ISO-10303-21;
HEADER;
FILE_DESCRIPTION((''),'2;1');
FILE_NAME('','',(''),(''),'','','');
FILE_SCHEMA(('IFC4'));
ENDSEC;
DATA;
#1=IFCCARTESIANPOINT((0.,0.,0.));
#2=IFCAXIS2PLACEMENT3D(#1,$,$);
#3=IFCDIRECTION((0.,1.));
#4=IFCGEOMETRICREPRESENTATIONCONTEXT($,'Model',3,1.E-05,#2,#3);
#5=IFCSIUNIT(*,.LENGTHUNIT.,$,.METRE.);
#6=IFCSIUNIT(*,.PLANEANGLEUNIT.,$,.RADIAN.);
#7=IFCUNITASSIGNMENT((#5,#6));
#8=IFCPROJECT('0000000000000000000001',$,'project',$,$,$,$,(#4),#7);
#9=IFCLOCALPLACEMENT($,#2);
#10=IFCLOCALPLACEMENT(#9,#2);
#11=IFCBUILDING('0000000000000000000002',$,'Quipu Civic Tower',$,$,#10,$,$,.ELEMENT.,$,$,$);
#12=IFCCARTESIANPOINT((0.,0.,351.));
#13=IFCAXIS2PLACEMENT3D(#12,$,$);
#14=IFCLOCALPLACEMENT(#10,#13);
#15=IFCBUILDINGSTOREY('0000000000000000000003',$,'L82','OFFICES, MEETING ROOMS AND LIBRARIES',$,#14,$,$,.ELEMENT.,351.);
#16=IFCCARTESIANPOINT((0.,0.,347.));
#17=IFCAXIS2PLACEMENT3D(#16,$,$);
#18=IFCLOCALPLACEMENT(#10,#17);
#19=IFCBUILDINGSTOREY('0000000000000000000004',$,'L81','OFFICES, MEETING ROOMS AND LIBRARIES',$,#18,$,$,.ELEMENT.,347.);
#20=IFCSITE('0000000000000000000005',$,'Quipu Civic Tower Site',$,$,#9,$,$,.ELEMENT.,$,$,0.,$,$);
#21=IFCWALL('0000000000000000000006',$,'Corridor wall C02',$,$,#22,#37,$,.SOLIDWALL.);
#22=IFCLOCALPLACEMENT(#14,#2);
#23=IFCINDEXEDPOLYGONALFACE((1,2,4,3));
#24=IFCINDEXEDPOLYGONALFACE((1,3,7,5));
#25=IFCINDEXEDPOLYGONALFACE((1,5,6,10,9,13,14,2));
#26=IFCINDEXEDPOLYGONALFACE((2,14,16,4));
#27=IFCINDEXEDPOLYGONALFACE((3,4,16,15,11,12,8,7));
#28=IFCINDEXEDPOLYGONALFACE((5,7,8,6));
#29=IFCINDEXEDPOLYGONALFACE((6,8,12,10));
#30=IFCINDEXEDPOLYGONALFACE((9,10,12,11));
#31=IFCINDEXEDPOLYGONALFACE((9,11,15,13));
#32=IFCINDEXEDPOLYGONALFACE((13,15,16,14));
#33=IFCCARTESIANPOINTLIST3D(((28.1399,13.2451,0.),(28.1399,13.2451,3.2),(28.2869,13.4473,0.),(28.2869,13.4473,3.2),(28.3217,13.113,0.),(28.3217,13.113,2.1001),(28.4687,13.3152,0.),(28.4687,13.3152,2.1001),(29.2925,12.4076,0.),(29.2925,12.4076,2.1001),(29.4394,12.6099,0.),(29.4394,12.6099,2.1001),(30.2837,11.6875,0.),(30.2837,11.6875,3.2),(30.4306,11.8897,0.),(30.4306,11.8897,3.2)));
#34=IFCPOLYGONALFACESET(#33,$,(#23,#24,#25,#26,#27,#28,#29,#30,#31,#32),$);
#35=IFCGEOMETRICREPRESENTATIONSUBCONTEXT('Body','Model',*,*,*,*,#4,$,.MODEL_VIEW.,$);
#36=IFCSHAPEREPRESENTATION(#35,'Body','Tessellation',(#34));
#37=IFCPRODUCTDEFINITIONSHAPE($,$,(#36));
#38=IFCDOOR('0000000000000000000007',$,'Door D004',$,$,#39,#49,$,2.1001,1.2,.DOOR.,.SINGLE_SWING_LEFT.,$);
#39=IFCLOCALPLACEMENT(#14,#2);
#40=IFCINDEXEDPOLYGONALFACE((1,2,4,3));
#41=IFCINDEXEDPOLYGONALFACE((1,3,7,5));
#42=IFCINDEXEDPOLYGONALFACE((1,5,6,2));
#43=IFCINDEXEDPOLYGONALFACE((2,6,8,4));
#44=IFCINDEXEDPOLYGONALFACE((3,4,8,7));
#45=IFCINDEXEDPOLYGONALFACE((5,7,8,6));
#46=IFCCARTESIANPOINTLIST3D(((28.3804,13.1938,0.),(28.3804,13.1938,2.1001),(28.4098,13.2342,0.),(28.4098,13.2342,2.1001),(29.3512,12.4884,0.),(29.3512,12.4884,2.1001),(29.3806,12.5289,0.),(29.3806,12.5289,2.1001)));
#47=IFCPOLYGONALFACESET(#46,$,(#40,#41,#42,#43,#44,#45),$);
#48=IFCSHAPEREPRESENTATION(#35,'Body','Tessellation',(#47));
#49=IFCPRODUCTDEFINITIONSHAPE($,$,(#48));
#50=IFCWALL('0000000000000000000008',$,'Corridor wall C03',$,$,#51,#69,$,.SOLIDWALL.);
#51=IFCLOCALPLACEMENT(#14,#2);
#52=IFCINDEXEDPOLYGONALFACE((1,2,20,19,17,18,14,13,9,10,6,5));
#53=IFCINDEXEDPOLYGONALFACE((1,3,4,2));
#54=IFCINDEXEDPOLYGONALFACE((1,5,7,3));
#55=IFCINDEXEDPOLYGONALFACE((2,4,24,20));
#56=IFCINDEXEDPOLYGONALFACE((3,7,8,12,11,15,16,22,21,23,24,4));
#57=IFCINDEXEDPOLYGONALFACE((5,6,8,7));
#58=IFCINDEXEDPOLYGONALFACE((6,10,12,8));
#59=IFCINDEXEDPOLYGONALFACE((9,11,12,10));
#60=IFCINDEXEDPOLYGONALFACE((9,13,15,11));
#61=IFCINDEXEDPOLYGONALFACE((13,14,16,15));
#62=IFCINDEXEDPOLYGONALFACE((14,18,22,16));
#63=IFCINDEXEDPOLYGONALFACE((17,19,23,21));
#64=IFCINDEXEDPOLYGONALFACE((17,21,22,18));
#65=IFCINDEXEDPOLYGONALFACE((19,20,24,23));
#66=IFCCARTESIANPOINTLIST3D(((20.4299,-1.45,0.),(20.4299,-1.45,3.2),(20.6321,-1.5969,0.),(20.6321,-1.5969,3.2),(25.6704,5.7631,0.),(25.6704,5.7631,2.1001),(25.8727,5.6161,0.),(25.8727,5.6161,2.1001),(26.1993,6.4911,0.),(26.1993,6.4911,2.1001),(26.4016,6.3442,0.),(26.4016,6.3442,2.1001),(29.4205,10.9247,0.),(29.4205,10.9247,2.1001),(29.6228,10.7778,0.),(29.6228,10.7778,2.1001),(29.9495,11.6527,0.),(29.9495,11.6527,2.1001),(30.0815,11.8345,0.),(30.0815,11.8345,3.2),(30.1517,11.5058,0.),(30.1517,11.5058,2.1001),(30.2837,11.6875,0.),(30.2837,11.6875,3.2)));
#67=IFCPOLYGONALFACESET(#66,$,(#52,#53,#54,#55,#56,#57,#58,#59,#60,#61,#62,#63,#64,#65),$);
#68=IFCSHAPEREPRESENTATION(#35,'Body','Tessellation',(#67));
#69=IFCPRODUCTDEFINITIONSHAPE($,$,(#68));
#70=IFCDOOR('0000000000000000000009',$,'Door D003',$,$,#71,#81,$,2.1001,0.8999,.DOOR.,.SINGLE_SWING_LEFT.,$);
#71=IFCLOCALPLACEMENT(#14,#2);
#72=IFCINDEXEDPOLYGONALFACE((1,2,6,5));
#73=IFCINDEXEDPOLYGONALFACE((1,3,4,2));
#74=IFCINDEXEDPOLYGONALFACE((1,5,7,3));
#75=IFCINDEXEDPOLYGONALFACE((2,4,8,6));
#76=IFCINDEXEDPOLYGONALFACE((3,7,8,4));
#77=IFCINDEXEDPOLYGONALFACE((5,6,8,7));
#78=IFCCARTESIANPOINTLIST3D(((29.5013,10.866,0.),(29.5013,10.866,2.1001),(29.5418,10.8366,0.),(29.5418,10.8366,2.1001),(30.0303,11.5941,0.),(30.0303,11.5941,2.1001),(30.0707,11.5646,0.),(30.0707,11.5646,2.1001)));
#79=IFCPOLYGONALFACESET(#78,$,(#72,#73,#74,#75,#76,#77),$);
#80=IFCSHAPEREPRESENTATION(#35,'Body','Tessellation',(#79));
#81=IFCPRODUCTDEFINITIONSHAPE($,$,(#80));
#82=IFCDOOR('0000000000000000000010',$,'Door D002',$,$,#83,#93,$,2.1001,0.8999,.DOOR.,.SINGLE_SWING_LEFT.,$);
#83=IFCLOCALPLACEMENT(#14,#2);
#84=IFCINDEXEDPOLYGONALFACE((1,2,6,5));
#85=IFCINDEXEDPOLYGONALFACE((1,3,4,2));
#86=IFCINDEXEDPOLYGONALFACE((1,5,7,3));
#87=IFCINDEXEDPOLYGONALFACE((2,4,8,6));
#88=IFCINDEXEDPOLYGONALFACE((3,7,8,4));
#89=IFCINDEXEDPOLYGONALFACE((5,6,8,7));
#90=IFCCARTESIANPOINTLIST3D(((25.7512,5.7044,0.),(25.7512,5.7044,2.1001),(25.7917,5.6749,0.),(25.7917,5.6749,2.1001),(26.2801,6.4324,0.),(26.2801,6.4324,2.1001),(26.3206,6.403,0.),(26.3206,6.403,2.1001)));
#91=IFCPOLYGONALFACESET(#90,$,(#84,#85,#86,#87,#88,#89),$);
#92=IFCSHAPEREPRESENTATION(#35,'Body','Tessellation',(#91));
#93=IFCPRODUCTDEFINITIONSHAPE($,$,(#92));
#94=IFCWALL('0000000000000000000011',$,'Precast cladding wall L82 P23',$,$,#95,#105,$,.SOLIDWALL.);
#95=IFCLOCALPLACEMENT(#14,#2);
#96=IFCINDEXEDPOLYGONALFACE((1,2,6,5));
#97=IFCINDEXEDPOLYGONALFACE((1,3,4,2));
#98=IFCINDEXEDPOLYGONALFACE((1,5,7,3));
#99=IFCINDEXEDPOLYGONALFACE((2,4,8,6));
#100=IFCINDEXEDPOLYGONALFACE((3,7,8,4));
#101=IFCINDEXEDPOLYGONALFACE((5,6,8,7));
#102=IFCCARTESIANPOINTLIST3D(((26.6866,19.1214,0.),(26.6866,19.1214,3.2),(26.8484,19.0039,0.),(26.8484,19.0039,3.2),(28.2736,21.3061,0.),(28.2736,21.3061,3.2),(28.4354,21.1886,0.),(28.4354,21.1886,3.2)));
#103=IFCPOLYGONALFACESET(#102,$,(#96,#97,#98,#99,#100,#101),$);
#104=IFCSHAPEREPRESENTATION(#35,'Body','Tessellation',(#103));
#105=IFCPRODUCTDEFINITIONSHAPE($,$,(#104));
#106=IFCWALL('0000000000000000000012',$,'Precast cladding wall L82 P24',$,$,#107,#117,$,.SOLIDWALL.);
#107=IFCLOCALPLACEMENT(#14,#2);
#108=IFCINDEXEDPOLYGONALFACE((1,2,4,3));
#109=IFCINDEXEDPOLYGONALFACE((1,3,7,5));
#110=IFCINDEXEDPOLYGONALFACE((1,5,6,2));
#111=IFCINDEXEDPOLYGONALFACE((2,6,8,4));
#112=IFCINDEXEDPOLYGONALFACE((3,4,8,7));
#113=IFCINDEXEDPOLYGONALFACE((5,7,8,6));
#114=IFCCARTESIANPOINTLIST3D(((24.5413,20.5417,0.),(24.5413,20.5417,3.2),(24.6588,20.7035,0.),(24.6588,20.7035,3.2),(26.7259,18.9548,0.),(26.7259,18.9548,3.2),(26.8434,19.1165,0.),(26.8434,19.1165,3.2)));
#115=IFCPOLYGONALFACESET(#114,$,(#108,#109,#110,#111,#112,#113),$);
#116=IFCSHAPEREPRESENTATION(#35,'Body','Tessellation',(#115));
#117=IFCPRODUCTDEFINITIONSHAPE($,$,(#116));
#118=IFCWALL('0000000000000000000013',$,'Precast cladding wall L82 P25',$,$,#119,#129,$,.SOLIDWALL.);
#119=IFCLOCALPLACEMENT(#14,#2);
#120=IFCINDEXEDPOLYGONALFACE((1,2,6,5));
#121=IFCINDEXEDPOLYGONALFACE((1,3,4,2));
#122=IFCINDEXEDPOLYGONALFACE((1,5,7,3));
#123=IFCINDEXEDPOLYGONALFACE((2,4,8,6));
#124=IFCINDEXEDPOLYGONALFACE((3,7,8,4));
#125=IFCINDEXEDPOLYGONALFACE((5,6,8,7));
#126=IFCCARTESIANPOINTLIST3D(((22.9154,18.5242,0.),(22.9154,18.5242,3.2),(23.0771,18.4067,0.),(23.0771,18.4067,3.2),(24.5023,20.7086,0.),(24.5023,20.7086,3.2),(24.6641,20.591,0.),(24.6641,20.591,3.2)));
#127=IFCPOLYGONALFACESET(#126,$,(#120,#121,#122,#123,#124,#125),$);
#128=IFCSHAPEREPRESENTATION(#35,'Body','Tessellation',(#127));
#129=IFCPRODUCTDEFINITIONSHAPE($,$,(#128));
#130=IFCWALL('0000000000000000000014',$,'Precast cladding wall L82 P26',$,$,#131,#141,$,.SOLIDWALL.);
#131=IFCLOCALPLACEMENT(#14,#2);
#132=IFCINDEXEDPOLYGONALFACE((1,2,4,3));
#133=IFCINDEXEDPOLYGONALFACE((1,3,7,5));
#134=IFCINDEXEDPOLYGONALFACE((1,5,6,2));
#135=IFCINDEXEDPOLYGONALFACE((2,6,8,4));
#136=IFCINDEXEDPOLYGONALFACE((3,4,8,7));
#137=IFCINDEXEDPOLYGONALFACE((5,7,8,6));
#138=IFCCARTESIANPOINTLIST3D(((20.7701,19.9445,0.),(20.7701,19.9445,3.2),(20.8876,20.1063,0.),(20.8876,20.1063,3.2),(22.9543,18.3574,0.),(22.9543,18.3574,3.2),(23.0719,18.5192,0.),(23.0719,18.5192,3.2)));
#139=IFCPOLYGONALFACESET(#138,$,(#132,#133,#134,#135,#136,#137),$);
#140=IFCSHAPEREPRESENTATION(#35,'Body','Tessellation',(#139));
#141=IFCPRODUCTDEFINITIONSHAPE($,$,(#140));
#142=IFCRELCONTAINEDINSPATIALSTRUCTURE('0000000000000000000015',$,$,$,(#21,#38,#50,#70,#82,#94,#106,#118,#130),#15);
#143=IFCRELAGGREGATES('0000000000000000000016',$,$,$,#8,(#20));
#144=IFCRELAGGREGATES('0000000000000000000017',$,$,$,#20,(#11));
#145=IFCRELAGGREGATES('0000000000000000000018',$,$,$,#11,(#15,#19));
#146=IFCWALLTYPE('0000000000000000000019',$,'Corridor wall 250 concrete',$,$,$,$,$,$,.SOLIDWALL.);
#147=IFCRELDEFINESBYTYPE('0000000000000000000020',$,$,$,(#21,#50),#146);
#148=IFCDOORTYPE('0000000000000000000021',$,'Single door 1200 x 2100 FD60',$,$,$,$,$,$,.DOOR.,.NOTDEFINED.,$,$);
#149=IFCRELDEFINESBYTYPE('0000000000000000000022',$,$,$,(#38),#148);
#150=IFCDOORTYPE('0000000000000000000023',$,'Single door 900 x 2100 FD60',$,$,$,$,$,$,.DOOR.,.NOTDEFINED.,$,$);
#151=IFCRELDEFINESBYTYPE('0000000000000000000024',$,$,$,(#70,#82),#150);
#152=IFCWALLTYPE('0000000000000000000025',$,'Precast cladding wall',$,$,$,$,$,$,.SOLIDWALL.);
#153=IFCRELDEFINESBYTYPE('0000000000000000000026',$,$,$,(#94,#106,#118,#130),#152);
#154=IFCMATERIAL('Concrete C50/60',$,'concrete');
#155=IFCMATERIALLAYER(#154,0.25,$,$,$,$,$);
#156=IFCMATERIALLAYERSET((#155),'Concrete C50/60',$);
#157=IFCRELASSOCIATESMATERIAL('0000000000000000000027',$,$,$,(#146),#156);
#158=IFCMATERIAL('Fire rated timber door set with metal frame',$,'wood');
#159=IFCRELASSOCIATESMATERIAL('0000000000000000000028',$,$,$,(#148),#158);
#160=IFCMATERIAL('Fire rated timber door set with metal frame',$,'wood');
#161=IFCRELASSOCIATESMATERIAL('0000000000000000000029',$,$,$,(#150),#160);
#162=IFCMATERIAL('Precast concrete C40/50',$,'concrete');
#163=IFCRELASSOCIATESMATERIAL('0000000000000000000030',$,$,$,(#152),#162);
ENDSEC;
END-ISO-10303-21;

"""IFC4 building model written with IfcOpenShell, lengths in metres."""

from ifc_helpers import new_model, si_unit, direction, frame, frame_2d, origin, place, context, subcontext, project, spatial, rectangle, extrude, material, layer, layer_set, type_object, element, fill, save


model = new_model("IFC4")

# Units and contexts
model_context = context("Model", 3, precision=1e-05, world=origin(), true_north=direction((0.0, 1.0)))
body_context = subcontext(model_context, "Body", "Model", "MODEL_VIEW")
ifc_project = project(units=[si_unit("LENGTHUNIT", "METRE"), si_unit("PLANEANGLEUNIT", "RADIAN")], contexts=[model_context])

# Site, building, storey
site_placement = place(None, origin())
site = spatial("IfcSite", under=ifc_project, at=site_placement, Name="Quipu Civic Tower Site", CompositionType="ELEMENT", RefElevation=0.0)
building_placement = place(site_placement, origin())
building = spatial("IfcBuilding", under=site, at=building_placement, Name="Quipu Civic Tower", CompositionType="ELEMENT")
storey_1_placement = place(building_placement, frame((0.0, 0.0, 351.0)))
storey_1 = spatial("IfcBuildingStorey", under=building, at=storey_1_placement, Name="L82", Description="OFFICES, MEETING ROOMS AND LIBRARIES", CompositionType="ELEMENT", Elevation=351.0)

# Shared definitions
storey_2_placement = place(building_placement, frame((0.0, 0.0, 347.0)))
storey_2 = spatial("IfcBuildingStorey", under=building, at=storey_2_placement, Name="L81", Description="OFFICES, MEETING ROOMS AND LIBRARIES", CompositionType="ELEMENT", Elevation=347.0)

# Wall, opening, door
ifc_material_1 = material(Name="Concrete C50/60", Category="concrete")
ifc_layer_1 = layer(ifc_material_1, 0.25)
ifc_layer_set_1 = layer_set([ifc_layer_1], Name="Concrete C50/60")
wall_type_1 = type_object("IfcWallType", Name="Corridor wall 250 concrete", PredefinedType="SOLIDWALL", material=ifc_layer_set_1)
wall_1_placement = place(storey_1_placement, frame((28.2134, 13.3462, 0.0), z_axis=(0.0, 0.0, 1.0), x_axis=(0.809007, -0.587799, 0.0)))
wall_1 = element("IfcWall", 1, at=wall_1_placement, inside=storey_1, type_object=wall_type_1, Name="Corridor wall C02", PredefinedType="SOLIDWALL", context=body_context, shape_type="SweptSolid", body=[
    extrude(rectangle(XDim=2.6499, YDim=0.25, at=frame_2d((1.325, 0.0))), origin(), (0.0, 0.0, 1.0), 3.2),
])
opening_1_placement = place(wall_1_placement, frame((0.2246, 0.0, 0.0)))
opening_1 = element("IfcOpeningElement", 2, at=opening_1_placement, cuts=wall_1, PredefinedType="OPENING", context=body_context, shape_type="SweptSolid", body=[
    extrude(rectangle(XDim=1.2, YDim=2.1001, at=frame_2d((0.6001, 1.05))), frame((0.0, 0.135, 0.0), z_axis=(0.0, -1.0, 0.0), x_axis=(1.0, 0.0, 0.0)), (0.0, 0.0, 1.0), 0.27),
])
ifc_material_2 = material(Name="Fire rated timber door set with metal frame", Category="wood")
door_type_1 = type_object("IfcDoorType", Name="Single door 1200 x 2100 FD60", OperationType="NOTDEFINED", PredefinedType="DOOR", material=ifc_material_2)
door_1_placement = place(opening_1_placement, origin())
door_1 = element("IfcDoor", 3, at=door_1_placement, inside=storey_1, type_object=door_type_1, Name="Door D004", OperationType="SINGLE_SWING_LEFT", OverallHeight=2.1001, OverallWidth=1.2, PredefinedType="DOOR", context=body_context, shape_type="SweptSolid", body=[
    extrude(rectangle(XDim=1.2, YDim=2.1001, at=frame_2d((0.6001, 1.05))), frame((0.0, 0.0249, 0.0), z_axis=(0.0, -1.0, 0.0), x_axis=(1.0, 0.0, 0.0)), (0.0, 0.0, 1.0), 0.05),
])
fill(opening_1, door_1)

# Wall, openings, doors
wall_2_placement = place(storey_1_placement, frame((30.1826, 11.761, 0.0), z_axis=(0.0, 0.0, 1.0), x_axis=(-0.587782, -0.80902, 0.0)))
wall_2 = element("IfcWall", 4, at=wall_2_placement, inside=storey_1, type_object=wall_type_1, Name="Corridor wall C03", PredefinedType="SOLIDWALL", context=body_context, shape_type="SweptSolid", body=[
    extrude(rectangle(XDim=16.4204, YDim=0.25, at=frame_2d((8.2102, 0.0))), origin(), (0.0, 0.0, 1.0), 3.2),
])
opening_2_placement = place(wall_2_placement, frame((0.2246, 0.0, 0.0)))
opening_2 = element("IfcOpeningElement", 5, at=opening_2_placement, cuts=wall_2, PredefinedType="OPENING", context=body_context, shape_type="SweptSolid", body=[
    extrude(rectangle(XDim=0.8999, YDim=2.1001, at=frame_2d((0.45, 1.05))), frame((0.0, 0.135, 0.0), z_axis=(0.0, -1.0, 0.0), x_axis=(1.0, 0.0, 0.0)), (0.0, 0.0, 1.0), 0.27),
])
opening_3_placement = place(wall_2_placement, frame((6.6047, 0.0, 0.0)))
opening_3 = element("IfcOpeningElement", 6, at=opening_3_placement, cuts=wall_2, PredefinedType="OPENING", context=body_context, shape_type="SweptSolid", body=[
    extrude(rectangle(XDim=0.8999, YDim=2.1001, at=frame_2d((0.45, 1.05))), frame((0.0, 0.135, 0.0), z_axis=(0.0, -1.0, 0.0), x_axis=(1.0, 0.0, 0.0)), (0.0, 0.0, 1.0), 0.27),
])
ifc_material_3 = material(Name="Fire rated timber door set with metal frame", Category="wood")
door_type_2 = type_object("IfcDoorType", Name="Single door 900 x 2100 FD60", OperationType="NOTDEFINED", PredefinedType="DOOR", material=ifc_material_3)
door_2_placement = place(opening_2_placement, origin())
door_2 = element("IfcDoor", 7, at=door_2_placement, inside=storey_1, type_object=door_type_2, Name="Door D003", OperationType="SINGLE_SWING_LEFT", OverallHeight=2.1001, OverallWidth=0.8999, PredefinedType="DOOR", context=body_context, shape_type="SweptSolid", body=[
    extrude(rectangle(XDim=0.8999, YDim=2.1001, at=frame_2d((0.45, 1.05))), frame((0.0, 0.0249, 0.0), z_axis=(0.0, -1.0, 0.0), x_axis=(1.0, 0.0, 0.0)), (0.0, 0.0, 1.0), 0.05),
])
fill(opening_2, door_2)
door_3_placement = place(opening_3_placement, origin())
door_3 = element("IfcDoor", 8, at=door_3_placement, inside=storey_1, type_object=door_type_2, Name="Door D002", OperationType="SINGLE_SWING_LEFT", OverallHeight=2.1001, OverallWidth=0.8999, PredefinedType="DOOR", context=body_context, shape_type="SweptSolid", body=[
    extrude(rectangle(XDim=0.8999, YDim=2.1001, at=frame_2d((0.45, 1.05))), frame((0.0, 0.0249, 0.0), z_axis=(0.0, -1.0, 0.0), x_axis=(1.0, 0.0, 0.0)), (0.0, 0.0, 1.0), 0.05),
])
fill(opening_3, door_3)

# Walls
ifc_material_4 = material(Name="Precast concrete C40/50", Category="concrete")
wall_type_2 = type_object("IfcWallType", Name="Precast cladding wall", PredefinedType="SOLIDWALL", material=ifc_material_4)
for number, where, z_axis, x_axis, name in (
    (9, (28.3545, 21.2473, 0.0), (0.0, 0.0, 1.0), (-0.58772, -0.809064, 0.0), "Precast cladding wall L82 P23"),
    (10, (26.7847, 19.0356, 0.0), (0.0, 0.0, 1.0), (-0.809064, 0.58772, 0.0), "Precast cladding wall L82 P24"),
):
    element("IfcWall", number, at=place(storey_1_placement, frame(where, z_axis=z_axis, x_axis=x_axis)), inside=storey_1, type_object=wall_type_2, Name=name, PredefinedType="SOLIDWALL", context=body_context, shape_type="SweptSolid", body=[
        extrude(rectangle(XDim=2.7002, YDim=0.2, at=frame_2d((1.3501, 0.0))), origin(), (0.0, 0.0, 1.0), 3.2),
    ])
for number, where, z_axis, x_axis, name in (
    (11, (24.5833, 20.6499, 0.0), (0.0, 0.0, 1.0), (-0.587763, -0.809033, 0.0), "Precast cladding wall L82 P25"),
    (12, (23.0132, 18.4382, 0.0), (0.0, 0.0, 1.0), (-0.80899, 0.587822, 0.0), "Precast cladding wall L82 P26"),
):
    element("IfcWall", number, at=place(storey_1_placement, frame(where, z_axis=z_axis, x_axis=x_axis)), inside=storey_1, type_object=wall_type_2, Name=name, PredefinedType="SOLIDWALL", context=body_context, shape_type="SweptSolid", body=[
        extrude(rectangle(XDim=2.7, YDim=0.2, at=frame_2d((1.3501, 0.0))), origin(), (0.0, 0.0, 1.0), 3.2),
    ])

save(model, "model.ifc")
